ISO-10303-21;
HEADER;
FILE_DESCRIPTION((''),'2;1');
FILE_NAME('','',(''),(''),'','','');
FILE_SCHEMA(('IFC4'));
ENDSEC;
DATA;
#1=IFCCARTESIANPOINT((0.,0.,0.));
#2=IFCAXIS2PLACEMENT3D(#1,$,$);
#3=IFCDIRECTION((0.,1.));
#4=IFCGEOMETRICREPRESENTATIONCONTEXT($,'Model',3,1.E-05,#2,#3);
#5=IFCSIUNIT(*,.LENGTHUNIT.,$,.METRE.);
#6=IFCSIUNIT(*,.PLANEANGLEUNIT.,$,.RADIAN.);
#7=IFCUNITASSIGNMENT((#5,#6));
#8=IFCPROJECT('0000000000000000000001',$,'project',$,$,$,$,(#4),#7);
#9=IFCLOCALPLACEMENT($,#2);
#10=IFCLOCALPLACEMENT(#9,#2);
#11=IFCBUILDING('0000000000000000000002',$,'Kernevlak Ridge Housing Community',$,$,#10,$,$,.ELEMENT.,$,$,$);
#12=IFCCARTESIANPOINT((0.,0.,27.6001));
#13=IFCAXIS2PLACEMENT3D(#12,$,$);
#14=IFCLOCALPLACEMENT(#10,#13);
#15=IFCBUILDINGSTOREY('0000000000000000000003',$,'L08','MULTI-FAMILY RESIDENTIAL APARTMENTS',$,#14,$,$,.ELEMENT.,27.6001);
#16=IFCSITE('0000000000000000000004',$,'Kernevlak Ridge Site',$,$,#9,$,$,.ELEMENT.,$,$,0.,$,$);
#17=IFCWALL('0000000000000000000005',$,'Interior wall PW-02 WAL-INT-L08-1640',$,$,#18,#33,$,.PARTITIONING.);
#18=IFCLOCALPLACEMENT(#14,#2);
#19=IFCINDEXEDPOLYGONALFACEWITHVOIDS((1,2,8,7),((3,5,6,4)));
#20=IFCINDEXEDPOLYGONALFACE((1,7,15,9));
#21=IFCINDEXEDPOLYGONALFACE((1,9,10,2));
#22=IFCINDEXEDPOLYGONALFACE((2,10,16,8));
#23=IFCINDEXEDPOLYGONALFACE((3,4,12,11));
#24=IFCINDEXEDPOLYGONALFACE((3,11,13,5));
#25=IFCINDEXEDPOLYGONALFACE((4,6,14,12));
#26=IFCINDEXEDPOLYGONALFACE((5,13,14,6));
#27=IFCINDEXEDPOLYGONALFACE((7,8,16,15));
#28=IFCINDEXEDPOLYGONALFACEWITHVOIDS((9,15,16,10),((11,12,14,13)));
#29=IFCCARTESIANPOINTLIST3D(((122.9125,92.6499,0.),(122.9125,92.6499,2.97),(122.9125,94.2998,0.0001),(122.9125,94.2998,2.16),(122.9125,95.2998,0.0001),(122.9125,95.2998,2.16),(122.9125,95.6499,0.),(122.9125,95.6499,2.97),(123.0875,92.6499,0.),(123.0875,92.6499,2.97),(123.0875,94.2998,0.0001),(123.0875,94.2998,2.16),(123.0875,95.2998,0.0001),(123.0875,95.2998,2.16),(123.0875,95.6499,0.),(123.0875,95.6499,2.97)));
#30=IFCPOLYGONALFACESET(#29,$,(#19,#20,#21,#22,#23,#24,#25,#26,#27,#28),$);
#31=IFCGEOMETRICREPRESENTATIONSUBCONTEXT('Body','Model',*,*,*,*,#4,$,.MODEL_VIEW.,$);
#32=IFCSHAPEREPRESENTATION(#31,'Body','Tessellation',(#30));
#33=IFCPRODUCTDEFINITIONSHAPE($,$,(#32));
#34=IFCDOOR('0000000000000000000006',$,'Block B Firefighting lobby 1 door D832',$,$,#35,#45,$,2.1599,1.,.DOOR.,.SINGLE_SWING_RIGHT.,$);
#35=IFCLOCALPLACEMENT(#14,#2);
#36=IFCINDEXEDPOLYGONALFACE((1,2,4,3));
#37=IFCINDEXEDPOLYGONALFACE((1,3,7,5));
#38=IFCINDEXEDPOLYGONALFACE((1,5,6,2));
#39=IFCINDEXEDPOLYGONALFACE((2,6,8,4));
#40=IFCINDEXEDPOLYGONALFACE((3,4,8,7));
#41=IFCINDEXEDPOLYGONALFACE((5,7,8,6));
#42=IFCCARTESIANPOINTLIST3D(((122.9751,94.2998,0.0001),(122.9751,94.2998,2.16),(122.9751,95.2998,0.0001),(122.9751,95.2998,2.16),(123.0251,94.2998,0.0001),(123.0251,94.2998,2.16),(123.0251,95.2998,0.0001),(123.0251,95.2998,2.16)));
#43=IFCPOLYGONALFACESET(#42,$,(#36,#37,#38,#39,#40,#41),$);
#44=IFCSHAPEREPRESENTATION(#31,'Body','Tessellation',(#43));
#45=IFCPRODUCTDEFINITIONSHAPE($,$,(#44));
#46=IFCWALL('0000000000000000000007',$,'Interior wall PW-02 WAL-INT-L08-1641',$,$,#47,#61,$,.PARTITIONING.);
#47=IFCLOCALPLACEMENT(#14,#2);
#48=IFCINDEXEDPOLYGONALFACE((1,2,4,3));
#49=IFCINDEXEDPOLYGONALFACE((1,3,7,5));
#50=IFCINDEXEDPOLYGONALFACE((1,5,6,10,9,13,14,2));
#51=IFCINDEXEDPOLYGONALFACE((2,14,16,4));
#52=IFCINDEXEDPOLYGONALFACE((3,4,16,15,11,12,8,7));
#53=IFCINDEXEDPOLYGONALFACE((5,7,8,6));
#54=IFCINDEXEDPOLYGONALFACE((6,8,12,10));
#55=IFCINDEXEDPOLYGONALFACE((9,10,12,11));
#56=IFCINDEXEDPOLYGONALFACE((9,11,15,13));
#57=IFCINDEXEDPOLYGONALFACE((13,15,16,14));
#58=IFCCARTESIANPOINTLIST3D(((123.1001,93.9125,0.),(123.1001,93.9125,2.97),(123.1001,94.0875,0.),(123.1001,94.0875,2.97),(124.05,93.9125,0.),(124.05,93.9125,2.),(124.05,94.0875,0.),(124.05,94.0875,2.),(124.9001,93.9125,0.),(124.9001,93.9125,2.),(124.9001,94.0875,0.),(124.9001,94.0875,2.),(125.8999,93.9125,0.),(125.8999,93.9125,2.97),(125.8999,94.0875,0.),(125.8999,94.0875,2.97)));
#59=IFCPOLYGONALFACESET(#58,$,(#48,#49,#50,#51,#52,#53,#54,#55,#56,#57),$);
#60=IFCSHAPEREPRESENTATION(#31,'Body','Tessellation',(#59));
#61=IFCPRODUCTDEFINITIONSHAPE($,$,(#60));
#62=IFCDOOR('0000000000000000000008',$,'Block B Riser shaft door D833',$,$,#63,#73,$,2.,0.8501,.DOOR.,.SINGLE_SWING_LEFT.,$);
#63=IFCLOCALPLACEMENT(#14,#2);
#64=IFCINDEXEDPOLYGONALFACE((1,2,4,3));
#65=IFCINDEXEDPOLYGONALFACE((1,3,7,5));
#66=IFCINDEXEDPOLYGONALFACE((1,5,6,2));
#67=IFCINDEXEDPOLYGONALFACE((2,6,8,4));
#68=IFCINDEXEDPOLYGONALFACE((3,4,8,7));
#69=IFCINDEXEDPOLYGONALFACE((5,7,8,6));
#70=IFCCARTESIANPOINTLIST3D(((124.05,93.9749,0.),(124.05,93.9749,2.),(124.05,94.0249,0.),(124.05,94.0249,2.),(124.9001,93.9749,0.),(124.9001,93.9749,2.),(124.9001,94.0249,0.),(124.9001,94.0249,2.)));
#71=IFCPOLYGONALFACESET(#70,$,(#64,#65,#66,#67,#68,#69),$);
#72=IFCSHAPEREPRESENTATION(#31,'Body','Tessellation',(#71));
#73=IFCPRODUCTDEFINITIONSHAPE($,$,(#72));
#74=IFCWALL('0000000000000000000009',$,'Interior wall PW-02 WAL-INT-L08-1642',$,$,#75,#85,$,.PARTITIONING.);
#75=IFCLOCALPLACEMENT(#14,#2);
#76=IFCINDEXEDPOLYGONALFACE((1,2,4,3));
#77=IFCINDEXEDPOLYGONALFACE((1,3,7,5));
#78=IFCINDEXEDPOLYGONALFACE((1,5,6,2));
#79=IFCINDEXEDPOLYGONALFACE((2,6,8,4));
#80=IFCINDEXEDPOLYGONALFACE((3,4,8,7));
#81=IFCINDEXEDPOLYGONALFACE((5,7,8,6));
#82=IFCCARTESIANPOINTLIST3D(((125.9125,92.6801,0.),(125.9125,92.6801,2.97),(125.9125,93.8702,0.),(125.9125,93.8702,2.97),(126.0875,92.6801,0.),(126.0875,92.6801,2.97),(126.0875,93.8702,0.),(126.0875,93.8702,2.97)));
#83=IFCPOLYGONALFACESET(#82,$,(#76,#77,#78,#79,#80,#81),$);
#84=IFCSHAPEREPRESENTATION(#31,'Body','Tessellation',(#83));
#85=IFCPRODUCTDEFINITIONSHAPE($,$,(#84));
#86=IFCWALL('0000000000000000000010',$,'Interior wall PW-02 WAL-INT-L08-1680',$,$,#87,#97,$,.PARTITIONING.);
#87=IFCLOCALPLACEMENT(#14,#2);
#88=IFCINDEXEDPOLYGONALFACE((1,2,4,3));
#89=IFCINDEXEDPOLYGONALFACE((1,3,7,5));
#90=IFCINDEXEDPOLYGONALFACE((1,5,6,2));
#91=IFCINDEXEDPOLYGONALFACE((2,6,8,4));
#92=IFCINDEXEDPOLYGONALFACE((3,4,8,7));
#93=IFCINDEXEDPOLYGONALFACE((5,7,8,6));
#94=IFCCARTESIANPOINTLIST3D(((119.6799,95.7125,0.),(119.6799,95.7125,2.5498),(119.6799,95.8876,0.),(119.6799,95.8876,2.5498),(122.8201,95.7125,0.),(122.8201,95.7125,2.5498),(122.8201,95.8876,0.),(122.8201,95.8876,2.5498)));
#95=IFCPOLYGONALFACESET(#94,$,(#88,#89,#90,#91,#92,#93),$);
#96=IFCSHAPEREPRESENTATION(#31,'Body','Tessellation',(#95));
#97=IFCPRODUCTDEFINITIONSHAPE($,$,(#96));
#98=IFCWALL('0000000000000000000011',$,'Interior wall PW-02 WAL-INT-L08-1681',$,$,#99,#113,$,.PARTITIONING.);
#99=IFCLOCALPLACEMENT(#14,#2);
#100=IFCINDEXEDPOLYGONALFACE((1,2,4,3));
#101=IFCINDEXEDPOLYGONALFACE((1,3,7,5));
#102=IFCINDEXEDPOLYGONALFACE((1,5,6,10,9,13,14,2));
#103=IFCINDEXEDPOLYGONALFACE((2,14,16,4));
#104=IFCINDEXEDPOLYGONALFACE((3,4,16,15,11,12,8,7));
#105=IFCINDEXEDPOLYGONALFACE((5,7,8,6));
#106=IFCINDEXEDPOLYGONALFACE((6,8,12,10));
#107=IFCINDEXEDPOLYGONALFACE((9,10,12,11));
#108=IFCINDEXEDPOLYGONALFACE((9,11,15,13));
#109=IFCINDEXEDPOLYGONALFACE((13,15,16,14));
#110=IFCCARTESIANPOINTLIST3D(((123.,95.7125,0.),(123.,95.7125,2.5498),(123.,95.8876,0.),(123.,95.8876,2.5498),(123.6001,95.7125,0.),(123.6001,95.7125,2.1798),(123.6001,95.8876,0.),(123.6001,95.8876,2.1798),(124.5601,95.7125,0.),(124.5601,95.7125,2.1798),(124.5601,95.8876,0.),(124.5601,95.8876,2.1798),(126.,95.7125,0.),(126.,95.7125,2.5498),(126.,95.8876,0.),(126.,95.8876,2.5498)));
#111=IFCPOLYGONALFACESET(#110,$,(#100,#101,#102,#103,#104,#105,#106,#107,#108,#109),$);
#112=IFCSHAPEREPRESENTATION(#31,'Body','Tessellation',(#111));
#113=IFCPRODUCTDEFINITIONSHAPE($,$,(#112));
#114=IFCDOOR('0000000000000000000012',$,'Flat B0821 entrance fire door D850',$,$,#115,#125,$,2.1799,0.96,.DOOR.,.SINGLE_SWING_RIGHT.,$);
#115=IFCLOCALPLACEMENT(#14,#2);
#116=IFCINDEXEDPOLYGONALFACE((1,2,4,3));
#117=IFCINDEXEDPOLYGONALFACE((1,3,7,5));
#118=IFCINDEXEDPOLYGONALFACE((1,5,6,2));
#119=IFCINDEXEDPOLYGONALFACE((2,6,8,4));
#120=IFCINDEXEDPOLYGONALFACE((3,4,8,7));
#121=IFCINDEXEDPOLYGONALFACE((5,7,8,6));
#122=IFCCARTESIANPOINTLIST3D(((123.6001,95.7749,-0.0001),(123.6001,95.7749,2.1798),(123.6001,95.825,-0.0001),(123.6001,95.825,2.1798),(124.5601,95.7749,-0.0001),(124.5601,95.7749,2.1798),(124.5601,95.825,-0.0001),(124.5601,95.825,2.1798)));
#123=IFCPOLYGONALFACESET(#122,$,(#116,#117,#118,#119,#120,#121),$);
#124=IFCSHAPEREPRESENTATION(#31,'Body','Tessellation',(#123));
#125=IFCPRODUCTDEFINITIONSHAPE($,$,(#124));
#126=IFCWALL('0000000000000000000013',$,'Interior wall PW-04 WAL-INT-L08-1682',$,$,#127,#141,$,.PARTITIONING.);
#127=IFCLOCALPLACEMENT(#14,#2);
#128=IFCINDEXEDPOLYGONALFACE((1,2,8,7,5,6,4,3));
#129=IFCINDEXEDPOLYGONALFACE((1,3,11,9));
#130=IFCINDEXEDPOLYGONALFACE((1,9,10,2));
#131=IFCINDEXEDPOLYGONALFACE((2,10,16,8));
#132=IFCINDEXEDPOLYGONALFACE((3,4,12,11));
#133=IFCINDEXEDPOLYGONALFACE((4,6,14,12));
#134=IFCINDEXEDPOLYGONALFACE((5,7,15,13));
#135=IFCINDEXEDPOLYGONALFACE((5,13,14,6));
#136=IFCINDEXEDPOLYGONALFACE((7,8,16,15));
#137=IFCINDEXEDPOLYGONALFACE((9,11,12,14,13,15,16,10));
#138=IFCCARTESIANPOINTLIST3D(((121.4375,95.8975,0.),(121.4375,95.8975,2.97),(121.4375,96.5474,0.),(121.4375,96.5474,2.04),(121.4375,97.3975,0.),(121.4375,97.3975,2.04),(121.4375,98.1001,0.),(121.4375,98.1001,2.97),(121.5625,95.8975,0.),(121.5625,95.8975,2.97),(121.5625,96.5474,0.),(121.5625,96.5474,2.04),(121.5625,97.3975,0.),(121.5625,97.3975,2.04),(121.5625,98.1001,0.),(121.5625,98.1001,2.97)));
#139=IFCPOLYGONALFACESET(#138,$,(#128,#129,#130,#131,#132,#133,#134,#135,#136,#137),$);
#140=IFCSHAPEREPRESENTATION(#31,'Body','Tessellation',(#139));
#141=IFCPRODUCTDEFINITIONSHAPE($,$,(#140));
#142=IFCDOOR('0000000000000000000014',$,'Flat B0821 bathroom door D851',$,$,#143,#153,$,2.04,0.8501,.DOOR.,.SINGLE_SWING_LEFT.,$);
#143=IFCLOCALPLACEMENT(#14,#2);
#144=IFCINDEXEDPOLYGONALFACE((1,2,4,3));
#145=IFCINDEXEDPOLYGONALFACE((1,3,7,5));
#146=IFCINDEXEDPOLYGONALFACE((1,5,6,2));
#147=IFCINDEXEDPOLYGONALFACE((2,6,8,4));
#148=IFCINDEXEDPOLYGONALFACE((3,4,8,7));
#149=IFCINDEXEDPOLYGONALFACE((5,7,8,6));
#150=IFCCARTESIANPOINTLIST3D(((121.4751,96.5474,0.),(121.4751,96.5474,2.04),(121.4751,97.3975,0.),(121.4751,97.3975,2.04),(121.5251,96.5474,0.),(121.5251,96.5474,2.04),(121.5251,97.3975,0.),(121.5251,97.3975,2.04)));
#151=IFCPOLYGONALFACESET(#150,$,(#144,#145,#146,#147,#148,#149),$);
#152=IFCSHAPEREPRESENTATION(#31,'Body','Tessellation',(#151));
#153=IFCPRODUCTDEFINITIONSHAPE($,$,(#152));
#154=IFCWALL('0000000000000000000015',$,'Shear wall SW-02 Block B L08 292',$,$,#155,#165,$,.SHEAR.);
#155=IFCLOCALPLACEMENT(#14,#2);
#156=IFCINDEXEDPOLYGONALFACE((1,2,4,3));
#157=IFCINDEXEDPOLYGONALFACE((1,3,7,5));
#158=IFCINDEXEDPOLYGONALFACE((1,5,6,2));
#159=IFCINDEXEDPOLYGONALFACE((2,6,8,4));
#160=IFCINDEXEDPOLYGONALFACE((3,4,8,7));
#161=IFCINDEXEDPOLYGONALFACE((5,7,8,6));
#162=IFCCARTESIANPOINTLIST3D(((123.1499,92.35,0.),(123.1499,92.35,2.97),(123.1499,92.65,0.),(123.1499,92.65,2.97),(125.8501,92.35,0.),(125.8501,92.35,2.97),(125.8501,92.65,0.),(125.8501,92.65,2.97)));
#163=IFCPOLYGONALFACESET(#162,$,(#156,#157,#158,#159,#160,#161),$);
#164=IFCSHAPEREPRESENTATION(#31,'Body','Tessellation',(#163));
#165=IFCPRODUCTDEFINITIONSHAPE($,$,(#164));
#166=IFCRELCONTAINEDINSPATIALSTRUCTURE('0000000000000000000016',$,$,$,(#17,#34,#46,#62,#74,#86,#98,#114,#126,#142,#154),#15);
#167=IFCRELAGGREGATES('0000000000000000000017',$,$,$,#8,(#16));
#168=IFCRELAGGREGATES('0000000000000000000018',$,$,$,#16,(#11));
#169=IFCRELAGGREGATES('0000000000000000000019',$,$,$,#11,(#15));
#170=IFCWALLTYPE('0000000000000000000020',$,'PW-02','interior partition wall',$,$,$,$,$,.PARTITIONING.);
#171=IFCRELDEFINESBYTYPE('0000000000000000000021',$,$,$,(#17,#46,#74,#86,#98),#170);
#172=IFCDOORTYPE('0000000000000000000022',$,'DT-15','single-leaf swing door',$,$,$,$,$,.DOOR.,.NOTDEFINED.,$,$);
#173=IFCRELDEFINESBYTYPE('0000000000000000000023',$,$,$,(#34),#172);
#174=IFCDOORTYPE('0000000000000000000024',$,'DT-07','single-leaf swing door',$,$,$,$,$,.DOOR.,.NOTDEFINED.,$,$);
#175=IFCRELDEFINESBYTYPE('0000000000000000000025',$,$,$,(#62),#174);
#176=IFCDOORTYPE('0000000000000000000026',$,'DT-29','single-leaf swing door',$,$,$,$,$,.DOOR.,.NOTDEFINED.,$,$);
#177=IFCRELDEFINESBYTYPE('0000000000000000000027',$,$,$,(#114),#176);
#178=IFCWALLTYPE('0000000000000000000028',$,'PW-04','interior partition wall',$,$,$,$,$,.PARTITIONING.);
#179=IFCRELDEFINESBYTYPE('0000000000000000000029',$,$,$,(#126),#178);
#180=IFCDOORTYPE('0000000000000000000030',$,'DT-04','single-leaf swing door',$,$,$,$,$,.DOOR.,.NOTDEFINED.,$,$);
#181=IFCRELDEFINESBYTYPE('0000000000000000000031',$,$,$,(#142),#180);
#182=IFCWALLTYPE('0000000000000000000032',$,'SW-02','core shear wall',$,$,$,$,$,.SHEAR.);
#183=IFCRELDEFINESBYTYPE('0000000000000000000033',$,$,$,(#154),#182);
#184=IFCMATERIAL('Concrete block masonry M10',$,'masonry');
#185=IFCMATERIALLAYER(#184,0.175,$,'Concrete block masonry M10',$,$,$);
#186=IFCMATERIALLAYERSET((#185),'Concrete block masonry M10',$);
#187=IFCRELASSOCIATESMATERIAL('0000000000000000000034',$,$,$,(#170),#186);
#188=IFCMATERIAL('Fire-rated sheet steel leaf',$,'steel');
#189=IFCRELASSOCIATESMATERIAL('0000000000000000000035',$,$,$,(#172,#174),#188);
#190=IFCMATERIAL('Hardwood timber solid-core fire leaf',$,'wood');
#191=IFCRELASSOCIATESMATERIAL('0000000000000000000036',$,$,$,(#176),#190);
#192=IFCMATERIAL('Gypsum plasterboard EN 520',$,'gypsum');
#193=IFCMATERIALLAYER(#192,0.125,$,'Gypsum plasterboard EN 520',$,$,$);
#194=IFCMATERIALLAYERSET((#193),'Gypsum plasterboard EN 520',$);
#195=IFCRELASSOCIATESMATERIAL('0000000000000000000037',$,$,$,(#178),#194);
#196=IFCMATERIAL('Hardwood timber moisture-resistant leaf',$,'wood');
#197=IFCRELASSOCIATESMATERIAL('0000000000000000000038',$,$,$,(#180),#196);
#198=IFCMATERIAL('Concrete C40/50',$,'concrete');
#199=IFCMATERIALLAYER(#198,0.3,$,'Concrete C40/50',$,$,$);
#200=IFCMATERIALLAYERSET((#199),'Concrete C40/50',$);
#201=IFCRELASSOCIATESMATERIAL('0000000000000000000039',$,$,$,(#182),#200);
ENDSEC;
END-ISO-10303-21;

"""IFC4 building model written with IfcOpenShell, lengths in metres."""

from ifc_helpers import new_model, si_unit, direction, frame, frame_2d, origin, place, context, subcontext, project, spatial, rectangle, extrude, material, layer, layer_set, type_object, element, fill, save


model = new_model("IFC4")

# Units and contexts
model_context = context("Model", 3, precision=1e-05, world=origin(), true_north=direction((0.0, 1.0)))
body_context = subcontext(model_context, "Body", "Model", "MODEL_VIEW")
ifc_project = project(units=[si_unit("LENGTHUNIT", "METRE"), si_unit("PLANEANGLEUNIT", "RADIAN")], contexts=[model_context])

# Site, building, storey
site_placement = place(None, origin())
site = spatial("IfcSite", under=ifc_project, at=site_placement, Name="Kernevlak Ridge Site", CompositionType="ELEMENT", RefElevation=0.0)
building_placement = place(site_placement, origin())
building = spatial("IfcBuilding", under=site, at=building_placement, Name="Kernevlak Ridge Housing Community", CompositionType="ELEMENT")
storey_placement = place(building_placement, frame((0.0, 0.0, 27.6001)))
storey = spatial("IfcBuildingStorey", under=building, at=storey_placement, Name="L08", Description="MULTI-FAMILY RESIDENTIAL APARTMENTS", CompositionType="ELEMENT", Elevation=27.6001)

# Shared definitions
ifc_material_1 = material(Name="Concrete block masonry M10", Category="masonry")

# Walls, openings, doors
ifc_material_2 = material(Name="Fire-rated sheet steel leaf", Category="steel")
ifc_layer_1 = layer(ifc_material_1, 0.175, Name="Concrete block masonry M10")
ifc_layer_set_1 = layer_set([ifc_layer_1], Name="Concrete block masonry M10")
wall_type_1 = type_object("IfcWallType", Name="PW-02", Description="interior partition wall", PredefinedType="PARTITIONING", material=ifc_layer_set_1)
wall_1_placement = place(storey_placement, frame((123.0, 92.6499, 0.0), z_axis=(0.0, 0.0, 1.0), x_axis=(0.0, 1.0, 0.0)))
wall_1 = element("IfcWall", 1, at=wall_1_placement, inside=storey, type_object=wall_type_1, Name="Interior wall PW-02 WAL-INT-L08-1640", PredefinedType="PARTITIONING", context=body_context, shape_type="SweptSolid", body=[
    extrude(rectangle(XDim=3.0, YDim=0.175, at=frame_2d((1.5, 0.0))), origin(), (0.0, 0.0, 1.0), 2.97),
])
opening_1_placement = place(wall_1_placement, frame((1.6499, 0.0, 0.0)))
opening_1 = element("IfcOpeningElement", 2, at=opening_1_placement, cuts=wall_1, PredefinedType="OPENING", context=body_context, shape_type="SweptSolid", body=[
    extrude(rectangle(XDim=1.0, YDim=2.1599, at=frame_2d((0.5, 1.0801))), frame((0.0, 0.0974, 0.0), z_axis=(0.0, -1.0, 0.0), x_axis=(1.0, 0.0, 0.0)), (0.0, 0.0, 1.0), 0.1951),
])
door_type_1 = type_object("IfcDoorType", Name="DT-15", Description="single-leaf swing door", OperationType="NOTDEFINED", PredefinedType="DOOR", material=ifc_material_2)
door_1_placement = place(opening_1_placement, origin())
door_1 = element("IfcDoor", 3, at=door_1_placement, inside=storey, type_object=door_type_1, Name="Block B Firefighting lobby 1 door D832", OperationType="SINGLE_SWING_RIGHT", OverallHeight=2.1599, OverallWidth=1.0, PredefinedType="DOOR", context=body_context, shape_type="SweptSolid", body=[
    extrude(rectangle(XDim=1.0, YDim=2.1599, at=frame_2d((0.5, 1.0801))), frame((0.0, 0.0249, 0.0), z_axis=(0.0, -1.0, 0.0), x_axis=(1.0, 0.0, 0.0)), (0.0, 0.0, 1.0), 0.05),
])
fill(opening_1, door_1)
wall_2_placement = place(storey_placement, frame((123.1001, 94.0, 0.0), z_axis=(0.0, 0.0, 1.0), x_axis=(1.0, 0.0, 0.0)))
wall_2 = element("IfcWall", 4, at=wall_2_placement, inside=storey, type_object=wall_type_1, Name="Interior wall PW-02 WAL-INT-L08-1641", PredefinedType="PARTITIONING", context=body_context, shape_type="SweptSolid", body=[
    extrude(rectangle(XDim=2.7998, YDim=0.175, at=frame_2d((1.3999, 0.0))), origin(), (0.0, 0.0, 1.0), 2.97),
])
opening_2_placement = place(wall_2_placement, frame((0.95, 0.0, 0.0)))
opening_2 = element("IfcOpeningElement", 5, at=opening_2_placement, cuts=wall_2, PredefinedType="OPENING", context=body_context, shape_type="SweptSolid", body=[
    extrude(rectangle(XDim=0.8501, YDim=2.0, at=frame_2d((0.425, 1.0))), frame((0.0, 0.0974, 0.0), z_axis=(0.0, -1.0, 0.0), x_axis=(1.0, 0.0, 0.0)), (0.0, 0.0, 1.0), 0.1951),
])
door_type_2 = type_object("IfcDoorType", Name="DT-07", Description="single-leaf swing door", OperationType="NOTDEFINED", PredefinedType="DOOR", material=ifc_material_2)
door_2_placement = place(opening_2_placement, origin())
door_2 = element("IfcDoor", 6, at=door_2_placement, inside=storey, type_object=door_type_2, Name="Block B Riser shaft door D833", OperationType="SINGLE_SWING_LEFT", OverallHeight=2.0, OverallWidth=0.8501, PredefinedType="DOOR", context=body_context, shape_type="SweptSolid", body=[
    extrude(rectangle(XDim=0.8501, YDim=2.0, at=frame_2d((0.425, 1.0))), frame((0.0, 0.0249, 0.0), z_axis=(0.0, -1.0, 0.0), x_axis=(1.0, 0.0, 0.0)), (0.0, 0.0, 1.0), 0.05),
])
fill(opening_2, door_2)

# Walls
wall_3_placement = place(storey_placement, frame((126.0, 92.6799, 0.0), z_axis=(0.0, 0.0, 1.0), x_axis=(0.0, 1.0, 0.0)))
element("IfcWall", 7, at=wall_3_placement, inside=storey, type_object=wall_type_1, Name="Interior wall PW-02 WAL-INT-L08-1642", PredefinedType="PARTITIONING", context=body_context, shape_type="SweptSolid", body=[
    extrude(rectangle(XDim=1.1902, YDim=0.175, at=frame_2d((0.5952, 0.0))), origin(), (0.0, 0.0, 1.0), 2.97),
])
wall_4_placement = place(storey_placement, frame((119.6799, 95.8, 0.0), z_axis=(0.0, 0.0, 1.0), x_axis=(1.0, 0.0, 0.0)))
element("IfcWall", 8, at=wall_4_placement, inside=storey, type_object=wall_type_1, Name="Interior wall PW-02 WAL-INT-L08-1680", PredefinedType="PARTITIONING", context=body_context, shape_type="SweptSolid", body=[
    extrude(rectangle(XDim=3.1401, YDim=0.175, at=frame_2d((1.5701, 0.0))), origin(), (0.0, 0.0, 1.0), 2.5498),
])

# Walls, openings, doors
wall_5_placement = place(storey_placement, frame((123.0, 95.8, 0.0), z_axis=(0.0, 0.0, 1.0), x_axis=(1.0, 0.0, 0.0)))
wall_5 = element("IfcWall", 9, at=wall_5_placement, inside=storey, type_object=wall_type_1, Name="Interior wall PW-02 WAL-INT-L08-1681", PredefinedType="PARTITIONING", context=body_context, shape_type="SweptSolid", body=[
    extrude(rectangle(XDim=3.0, YDim=0.175, at=frame_2d((1.5, 0.0))), origin(), (0.0, 0.0, 1.0), 2.5498),
])
opening_3_placement = place(wall_5_placement, frame((0.6001, 0.0, 0.0)))
opening_3 = element("IfcOpeningElement", 10, at=opening_3_placement, cuts=wall_5, PredefinedType="OPENING", context=body_context, shape_type="SweptSolid", body=[
    extrude(rectangle(XDim=0.96, YDim=2.1799, at=frame_2d((0.48, 1.0898))), frame((0.0, 0.0974, 0.0), z_axis=(0.0, -1.0, 0.0), x_axis=(1.0, 0.0, 0.0)), (0.0, 0.0, 1.0), 0.1951),
])
ifc_material_3 = material(Name="Hardwood timber solid-core fire leaf", Category="wood")
door_type_3 = type_object("IfcDoorType", Name="DT-29", Description="single-leaf swing door", OperationType="NOTDEFINED", PredefinedType="DOOR", material=ifc_material_3)
door_3_placement = place(opening_3_placement, origin())
door_3 = element("IfcDoor", 11, at=door_3_placement, inside=storey, type_object=door_type_3, Name="Flat B0821 entrance fire door D850", OperationType="SINGLE_SWING_RIGHT", OverallHeight=2.1799, OverallWidth=0.96, PredefinedType="DOOR", context=body_context, shape_type="SweptSolid", body=[
    extrude(rectangle(XDim=0.96, YDim=2.1799, at=frame_2d((0.48, 1.0898))), frame((0.0, 0.0249, 0.0), z_axis=(0.0, -1.0, 0.0), x_axis=(1.0, 0.0, 0.0)), (0.0, 0.0, 1.0), 0.05),
])
fill(opening_3, door_3)
ifc_material_4 = material(Name="Gypsum plasterboard EN 520", Category="gypsum")
ifc_layer_2 = layer(ifc_material_4, 0.125, Name="Gypsum plasterboard EN 520")
ifc_layer_set_2 = layer_set([ifc_layer_2], Name="Gypsum plasterboard EN 520")
wall_type_2 = type_object("IfcWallType", Name="PW-04", Description="interior partition wall", PredefinedType="PARTITIONING", material=ifc_layer_set_2)
wall_6_placement = place(storey_placement, frame((121.5, 95.8975, 0.0), z_axis=(0.0, 0.0, 1.0), x_axis=(0.0, 1.0, 0.0)))
wall_6 = element("IfcWall", 12, at=wall_6_placement, inside=storey, type_object=wall_type_2, Name="Interior wall PW-04 WAL-INT-L08-1682", PredefinedType="PARTITIONING", context=body_context, shape_type="SweptSolid", body=[
    extrude(rectangle(XDim=2.2026, YDim=0.125, at=frame_2d((1.1013, 0.0))), origin(), (0.0, 0.0, 1.0), 2.97),
])
opening_4_placement = place(wall_6_placement, frame((0.6499, 0.0, 0.0)))
opening_4 = element("IfcOpeningElement", 13, at=opening_4_placement, cuts=wall_6, PredefinedType="OPENING", context=body_context, shape_type="SweptSolid", body=[
    extrude(rectangle(XDim=0.8501, YDim=2.04, at=frame_2d((0.425, 1.02))), frame((0.0, 0.0725, 0.0), z_axis=(0.0, -1.0, 0.0), x_axis=(1.0, 0.0, 0.0)), (0.0, 0.0, 1.0), 0.145),
])
ifc_material_5 = material(Name="Hardwood timber moisture-resistant leaf", Category="wood")
door_type_4 = type_object("IfcDoorType", Name="DT-04", Description="single-leaf swing door", OperationType="NOTDEFINED", PredefinedType="DOOR", material=ifc_material_5)
door_4_placement = place(opening_4_placement, origin())
door_4 = element("IfcDoor", 14, at=door_4_placement, inside=storey, type_object=door_type_4, Name="Flat B0821 bathroom door D851", OperationType="SINGLE_SWING_LEFT", OverallHeight=2.04, OverallWidth=0.8501, PredefinedType="DOOR", context=body_context, shape_type="SweptSolid", body=[
    extrude(rectangle(XDim=0.8501, YDim=2.04, at=frame_2d((0.425, 1.02))), frame((0.0, 0.0249, 0.0), z_axis=(0.0, -1.0, 0.0), x_axis=(1.0, 0.0, 0.0)), (0.0, 0.0, 1.0), 0.05),
])
fill(opening_4, door_4)

# Wall
ifc_material_6 = material(Name="Concrete C40/50", Category="concrete")
ifc_layer_3 = layer(ifc_material_6, 0.3, Name="Concrete C40/50")
ifc_layer_set_3 = layer_set([ifc_layer_3], Name="Concrete C40/50")
wall_type_3 = type_object("IfcWallType", Name="SW-02", Description="core shear wall", PredefinedType="SHEAR", material=ifc_layer_set_3)
wall_7_placement = place(storey_placement, frame((123.1499, 92.5, 0.0), z_axis=(0.0, 0.0, 1.0), x_axis=(1.0, 0.0, 0.0)))
element("IfcWall", 15, at=wall_7_placement, inside=storey, type_object=wall_type_3, Name="Shear wall SW-02 Block B L08 292", PredefinedType="SHEAR", context=body_context, shape_type="SweptSolid", body=[
    extrude(rectangle(XDim=2.7002, YDim=0.3, at=frame_2d((1.3501, 0.0))), origin(), (0.0, 0.0, 1.0), 2.97),
])

save(model, "model.ifc")
